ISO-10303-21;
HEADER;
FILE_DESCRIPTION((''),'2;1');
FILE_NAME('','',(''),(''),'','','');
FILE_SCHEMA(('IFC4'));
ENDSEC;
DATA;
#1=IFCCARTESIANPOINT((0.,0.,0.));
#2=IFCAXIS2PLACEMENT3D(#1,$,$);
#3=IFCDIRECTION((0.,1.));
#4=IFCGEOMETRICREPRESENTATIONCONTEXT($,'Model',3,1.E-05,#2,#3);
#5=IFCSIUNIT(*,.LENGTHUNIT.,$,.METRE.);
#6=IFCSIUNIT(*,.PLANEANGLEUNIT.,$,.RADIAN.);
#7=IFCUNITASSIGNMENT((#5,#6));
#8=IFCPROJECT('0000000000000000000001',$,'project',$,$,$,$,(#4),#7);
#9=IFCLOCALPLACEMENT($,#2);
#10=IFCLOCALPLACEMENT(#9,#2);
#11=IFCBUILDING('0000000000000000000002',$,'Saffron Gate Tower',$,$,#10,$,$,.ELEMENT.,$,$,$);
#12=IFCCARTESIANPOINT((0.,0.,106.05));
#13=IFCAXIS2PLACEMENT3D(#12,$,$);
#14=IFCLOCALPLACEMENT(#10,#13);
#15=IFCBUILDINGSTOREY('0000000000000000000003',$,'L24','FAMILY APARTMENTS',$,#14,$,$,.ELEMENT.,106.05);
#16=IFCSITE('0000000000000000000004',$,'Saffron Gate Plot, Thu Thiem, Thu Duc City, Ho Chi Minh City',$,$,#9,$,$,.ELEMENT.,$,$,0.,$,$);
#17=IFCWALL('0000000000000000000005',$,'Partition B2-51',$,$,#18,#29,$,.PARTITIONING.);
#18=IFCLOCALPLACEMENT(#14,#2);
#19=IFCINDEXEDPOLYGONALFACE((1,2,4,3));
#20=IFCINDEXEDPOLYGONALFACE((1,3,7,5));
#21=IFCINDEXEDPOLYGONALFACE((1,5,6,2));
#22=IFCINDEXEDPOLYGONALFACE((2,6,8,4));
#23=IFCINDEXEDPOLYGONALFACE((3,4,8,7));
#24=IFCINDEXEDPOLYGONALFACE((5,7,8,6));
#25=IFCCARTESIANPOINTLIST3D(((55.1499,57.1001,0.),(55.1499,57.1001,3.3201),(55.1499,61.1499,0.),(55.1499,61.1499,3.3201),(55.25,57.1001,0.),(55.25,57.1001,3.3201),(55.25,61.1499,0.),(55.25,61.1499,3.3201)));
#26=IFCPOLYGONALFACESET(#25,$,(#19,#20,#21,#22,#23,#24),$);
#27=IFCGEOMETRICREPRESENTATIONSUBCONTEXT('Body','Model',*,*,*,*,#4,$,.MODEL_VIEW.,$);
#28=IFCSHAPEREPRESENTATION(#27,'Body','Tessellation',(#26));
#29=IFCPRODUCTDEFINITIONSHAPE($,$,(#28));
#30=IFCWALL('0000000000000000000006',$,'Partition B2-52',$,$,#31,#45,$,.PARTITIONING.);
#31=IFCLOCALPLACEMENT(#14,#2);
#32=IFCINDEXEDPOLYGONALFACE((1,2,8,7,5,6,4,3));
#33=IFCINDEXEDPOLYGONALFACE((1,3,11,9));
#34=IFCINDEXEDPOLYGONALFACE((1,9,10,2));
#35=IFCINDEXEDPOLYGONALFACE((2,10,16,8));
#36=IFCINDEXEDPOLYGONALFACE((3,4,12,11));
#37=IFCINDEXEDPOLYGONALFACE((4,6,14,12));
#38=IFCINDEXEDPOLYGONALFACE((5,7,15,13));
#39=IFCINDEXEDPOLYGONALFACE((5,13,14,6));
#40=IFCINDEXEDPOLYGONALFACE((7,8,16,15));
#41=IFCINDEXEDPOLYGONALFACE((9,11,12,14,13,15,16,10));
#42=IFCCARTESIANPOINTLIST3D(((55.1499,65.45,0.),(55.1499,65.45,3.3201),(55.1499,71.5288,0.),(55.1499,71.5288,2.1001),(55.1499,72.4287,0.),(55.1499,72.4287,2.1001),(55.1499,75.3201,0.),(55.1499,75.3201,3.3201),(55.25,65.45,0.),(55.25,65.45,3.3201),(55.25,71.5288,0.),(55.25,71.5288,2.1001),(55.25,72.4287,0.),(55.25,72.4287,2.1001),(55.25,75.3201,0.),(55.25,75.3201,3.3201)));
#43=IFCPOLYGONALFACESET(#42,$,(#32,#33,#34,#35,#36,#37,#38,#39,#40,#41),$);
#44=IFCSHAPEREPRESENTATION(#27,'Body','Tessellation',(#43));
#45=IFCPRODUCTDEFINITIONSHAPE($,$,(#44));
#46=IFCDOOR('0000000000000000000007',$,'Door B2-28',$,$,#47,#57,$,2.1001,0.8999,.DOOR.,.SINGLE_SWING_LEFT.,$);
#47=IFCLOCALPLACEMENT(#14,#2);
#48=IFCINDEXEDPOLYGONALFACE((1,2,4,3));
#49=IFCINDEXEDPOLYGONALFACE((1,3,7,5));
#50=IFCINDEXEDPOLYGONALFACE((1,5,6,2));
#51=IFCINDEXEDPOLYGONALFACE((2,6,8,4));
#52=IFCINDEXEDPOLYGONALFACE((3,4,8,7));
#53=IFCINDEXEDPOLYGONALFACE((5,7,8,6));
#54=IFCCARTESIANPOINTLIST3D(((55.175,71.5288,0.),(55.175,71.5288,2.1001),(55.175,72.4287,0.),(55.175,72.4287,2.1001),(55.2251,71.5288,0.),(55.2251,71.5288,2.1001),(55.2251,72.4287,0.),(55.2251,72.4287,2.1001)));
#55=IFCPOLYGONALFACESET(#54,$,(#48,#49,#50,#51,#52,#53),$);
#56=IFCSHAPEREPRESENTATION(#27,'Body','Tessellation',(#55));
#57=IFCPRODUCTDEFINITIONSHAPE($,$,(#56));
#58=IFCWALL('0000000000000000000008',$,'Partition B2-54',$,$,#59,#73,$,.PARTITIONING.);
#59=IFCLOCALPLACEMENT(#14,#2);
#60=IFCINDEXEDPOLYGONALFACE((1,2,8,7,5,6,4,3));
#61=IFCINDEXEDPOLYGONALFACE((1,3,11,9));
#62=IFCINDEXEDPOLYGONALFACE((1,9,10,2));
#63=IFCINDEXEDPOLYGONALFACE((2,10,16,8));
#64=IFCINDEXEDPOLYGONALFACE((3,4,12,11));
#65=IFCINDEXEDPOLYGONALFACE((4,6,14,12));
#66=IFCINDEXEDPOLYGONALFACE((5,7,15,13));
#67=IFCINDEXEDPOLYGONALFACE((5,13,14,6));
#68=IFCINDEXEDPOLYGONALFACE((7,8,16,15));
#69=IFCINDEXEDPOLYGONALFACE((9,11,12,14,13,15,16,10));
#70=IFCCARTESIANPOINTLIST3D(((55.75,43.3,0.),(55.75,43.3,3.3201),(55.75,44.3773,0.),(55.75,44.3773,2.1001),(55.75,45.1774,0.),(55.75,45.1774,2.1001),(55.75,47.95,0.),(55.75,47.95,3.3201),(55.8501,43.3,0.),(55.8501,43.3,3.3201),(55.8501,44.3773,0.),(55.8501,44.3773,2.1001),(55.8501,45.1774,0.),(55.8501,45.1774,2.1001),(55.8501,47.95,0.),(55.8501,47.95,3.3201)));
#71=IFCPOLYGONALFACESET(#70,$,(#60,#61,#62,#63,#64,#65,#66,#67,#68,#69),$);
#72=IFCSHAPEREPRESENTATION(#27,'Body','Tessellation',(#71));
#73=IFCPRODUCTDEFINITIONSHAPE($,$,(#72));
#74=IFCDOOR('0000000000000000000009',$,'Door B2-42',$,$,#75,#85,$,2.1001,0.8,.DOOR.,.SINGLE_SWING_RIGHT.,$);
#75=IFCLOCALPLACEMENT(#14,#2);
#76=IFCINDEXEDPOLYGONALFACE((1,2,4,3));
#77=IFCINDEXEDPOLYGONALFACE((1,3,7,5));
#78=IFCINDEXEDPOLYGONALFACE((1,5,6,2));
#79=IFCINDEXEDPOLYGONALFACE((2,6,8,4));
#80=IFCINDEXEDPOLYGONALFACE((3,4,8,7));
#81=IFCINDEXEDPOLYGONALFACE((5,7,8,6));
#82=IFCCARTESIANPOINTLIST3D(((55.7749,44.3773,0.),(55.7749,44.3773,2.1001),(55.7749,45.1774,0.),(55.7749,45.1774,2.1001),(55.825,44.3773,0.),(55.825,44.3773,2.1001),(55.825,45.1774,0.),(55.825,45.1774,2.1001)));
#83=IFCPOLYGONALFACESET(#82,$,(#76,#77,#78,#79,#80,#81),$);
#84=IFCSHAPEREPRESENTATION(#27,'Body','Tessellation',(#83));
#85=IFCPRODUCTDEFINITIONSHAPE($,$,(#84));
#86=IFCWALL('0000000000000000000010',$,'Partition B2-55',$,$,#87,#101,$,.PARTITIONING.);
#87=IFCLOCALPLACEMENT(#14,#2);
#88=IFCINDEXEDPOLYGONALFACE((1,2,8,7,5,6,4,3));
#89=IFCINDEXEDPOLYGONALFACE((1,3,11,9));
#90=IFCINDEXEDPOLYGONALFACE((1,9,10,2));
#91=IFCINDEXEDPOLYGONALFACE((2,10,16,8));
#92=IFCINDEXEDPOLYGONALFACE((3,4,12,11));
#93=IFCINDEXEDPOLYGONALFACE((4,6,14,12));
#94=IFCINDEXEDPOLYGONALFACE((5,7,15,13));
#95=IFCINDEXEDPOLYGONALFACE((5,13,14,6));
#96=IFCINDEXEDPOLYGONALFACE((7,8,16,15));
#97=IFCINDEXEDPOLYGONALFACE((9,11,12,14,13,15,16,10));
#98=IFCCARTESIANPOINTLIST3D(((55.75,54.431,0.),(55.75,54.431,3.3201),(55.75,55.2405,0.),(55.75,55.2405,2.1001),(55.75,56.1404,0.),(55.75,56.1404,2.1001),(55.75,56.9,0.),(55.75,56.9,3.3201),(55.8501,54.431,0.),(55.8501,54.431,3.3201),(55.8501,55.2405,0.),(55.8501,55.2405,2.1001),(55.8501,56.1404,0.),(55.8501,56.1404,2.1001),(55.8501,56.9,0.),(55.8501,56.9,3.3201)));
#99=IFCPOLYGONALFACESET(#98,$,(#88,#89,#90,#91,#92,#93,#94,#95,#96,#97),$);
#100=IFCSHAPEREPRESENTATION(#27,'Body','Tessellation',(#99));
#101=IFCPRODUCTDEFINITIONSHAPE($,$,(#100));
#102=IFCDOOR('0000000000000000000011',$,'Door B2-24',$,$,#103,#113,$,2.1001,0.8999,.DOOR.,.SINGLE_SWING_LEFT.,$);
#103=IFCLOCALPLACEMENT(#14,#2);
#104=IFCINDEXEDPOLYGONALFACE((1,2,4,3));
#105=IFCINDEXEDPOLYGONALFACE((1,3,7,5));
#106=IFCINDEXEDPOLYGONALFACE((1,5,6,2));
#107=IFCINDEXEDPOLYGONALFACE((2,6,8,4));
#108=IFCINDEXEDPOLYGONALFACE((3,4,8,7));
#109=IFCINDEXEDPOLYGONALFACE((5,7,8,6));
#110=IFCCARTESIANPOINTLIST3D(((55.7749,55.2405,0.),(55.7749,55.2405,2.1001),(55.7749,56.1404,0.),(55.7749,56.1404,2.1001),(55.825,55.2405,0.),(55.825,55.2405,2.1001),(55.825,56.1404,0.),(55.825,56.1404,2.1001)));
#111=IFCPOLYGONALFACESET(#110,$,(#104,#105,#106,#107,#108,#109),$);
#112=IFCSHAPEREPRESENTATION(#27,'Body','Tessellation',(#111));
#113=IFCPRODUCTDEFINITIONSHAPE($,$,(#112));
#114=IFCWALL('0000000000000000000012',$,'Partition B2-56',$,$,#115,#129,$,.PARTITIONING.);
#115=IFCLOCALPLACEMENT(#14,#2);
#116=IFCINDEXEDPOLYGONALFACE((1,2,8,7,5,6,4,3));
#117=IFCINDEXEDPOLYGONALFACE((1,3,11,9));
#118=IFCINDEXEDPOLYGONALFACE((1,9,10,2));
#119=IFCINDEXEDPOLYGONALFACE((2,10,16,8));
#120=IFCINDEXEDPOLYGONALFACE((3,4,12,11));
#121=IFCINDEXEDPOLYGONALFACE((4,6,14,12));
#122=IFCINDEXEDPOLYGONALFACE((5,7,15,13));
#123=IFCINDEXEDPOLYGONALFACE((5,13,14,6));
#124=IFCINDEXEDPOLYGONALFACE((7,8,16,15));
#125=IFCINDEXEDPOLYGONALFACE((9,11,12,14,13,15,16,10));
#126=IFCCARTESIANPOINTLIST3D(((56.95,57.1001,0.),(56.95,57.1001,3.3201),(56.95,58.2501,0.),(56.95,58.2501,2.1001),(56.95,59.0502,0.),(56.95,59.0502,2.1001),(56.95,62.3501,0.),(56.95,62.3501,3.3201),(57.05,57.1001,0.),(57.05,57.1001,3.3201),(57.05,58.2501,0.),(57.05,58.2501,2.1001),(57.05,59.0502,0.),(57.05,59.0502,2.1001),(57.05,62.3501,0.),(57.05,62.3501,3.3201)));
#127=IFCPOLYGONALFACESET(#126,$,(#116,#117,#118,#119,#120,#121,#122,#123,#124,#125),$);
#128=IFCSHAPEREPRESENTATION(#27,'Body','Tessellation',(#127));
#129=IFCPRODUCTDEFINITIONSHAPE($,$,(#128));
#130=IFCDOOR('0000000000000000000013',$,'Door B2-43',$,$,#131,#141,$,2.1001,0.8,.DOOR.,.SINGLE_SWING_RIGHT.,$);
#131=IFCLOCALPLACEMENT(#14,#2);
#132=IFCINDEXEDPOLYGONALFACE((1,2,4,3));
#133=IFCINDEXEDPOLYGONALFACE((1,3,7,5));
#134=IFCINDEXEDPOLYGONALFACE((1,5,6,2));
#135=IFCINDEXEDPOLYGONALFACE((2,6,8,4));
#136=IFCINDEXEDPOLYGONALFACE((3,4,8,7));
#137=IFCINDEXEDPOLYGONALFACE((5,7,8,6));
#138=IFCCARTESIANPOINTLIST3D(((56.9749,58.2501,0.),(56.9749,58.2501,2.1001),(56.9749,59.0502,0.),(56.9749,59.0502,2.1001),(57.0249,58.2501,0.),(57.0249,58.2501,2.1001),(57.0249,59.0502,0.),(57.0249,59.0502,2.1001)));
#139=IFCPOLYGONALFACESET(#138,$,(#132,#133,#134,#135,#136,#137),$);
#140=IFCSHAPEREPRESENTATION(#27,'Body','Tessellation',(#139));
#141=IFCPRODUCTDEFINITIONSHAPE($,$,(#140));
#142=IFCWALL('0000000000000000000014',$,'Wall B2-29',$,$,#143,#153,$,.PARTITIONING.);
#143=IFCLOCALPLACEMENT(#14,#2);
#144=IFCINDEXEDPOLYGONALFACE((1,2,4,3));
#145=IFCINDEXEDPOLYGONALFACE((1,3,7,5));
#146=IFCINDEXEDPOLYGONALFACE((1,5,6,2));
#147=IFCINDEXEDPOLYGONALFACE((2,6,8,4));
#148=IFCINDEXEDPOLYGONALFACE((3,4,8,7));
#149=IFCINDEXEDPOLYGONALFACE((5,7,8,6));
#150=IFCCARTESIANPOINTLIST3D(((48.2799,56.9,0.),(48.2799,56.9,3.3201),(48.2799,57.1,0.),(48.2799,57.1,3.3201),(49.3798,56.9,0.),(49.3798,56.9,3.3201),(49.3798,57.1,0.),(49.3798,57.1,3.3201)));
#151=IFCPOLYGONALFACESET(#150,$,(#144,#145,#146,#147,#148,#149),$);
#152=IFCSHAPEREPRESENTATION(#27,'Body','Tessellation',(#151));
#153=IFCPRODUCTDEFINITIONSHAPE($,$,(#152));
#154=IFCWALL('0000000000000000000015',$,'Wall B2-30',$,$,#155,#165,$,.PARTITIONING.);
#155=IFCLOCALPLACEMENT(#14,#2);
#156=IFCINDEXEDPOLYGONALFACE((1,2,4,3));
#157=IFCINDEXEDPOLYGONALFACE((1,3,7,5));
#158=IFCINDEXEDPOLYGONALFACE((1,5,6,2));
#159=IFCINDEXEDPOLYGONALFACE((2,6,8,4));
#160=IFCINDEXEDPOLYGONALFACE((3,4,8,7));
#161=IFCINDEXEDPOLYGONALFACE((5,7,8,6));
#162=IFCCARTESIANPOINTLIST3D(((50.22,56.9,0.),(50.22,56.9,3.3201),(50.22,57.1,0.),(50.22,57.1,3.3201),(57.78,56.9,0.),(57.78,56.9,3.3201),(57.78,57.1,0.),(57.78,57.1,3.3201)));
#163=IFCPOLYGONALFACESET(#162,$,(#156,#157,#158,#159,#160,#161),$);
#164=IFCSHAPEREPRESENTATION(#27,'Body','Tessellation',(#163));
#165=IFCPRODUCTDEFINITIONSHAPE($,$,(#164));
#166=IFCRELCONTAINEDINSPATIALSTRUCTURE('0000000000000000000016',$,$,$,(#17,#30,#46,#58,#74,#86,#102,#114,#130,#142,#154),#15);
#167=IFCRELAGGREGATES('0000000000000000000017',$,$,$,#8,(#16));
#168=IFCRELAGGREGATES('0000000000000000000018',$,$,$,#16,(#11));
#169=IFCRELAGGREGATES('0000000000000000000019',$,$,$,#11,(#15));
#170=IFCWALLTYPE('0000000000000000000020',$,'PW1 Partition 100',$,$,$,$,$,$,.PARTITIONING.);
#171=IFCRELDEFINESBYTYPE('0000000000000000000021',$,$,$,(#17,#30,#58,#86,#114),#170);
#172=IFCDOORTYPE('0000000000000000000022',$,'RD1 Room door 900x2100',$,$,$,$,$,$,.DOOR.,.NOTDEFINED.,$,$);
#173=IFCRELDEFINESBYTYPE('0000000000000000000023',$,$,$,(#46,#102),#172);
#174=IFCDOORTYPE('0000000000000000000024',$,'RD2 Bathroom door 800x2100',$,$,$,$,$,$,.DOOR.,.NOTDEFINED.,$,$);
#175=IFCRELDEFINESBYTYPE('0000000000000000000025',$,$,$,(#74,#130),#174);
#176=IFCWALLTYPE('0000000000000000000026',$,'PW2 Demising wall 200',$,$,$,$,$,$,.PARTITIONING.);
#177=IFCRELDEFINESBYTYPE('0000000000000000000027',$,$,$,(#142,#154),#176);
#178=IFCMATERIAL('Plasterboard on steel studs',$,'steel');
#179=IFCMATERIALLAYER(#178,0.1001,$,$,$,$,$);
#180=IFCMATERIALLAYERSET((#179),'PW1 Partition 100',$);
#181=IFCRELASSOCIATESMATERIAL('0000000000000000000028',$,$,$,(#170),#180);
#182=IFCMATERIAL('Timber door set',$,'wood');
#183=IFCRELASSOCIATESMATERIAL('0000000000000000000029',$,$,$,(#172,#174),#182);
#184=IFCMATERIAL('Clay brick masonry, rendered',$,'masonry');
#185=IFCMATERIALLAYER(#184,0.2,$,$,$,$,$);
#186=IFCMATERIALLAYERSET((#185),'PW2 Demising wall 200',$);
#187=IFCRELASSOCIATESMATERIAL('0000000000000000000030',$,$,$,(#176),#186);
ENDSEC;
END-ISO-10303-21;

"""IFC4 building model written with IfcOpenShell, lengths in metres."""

from ifc_helpers import new_model, si_unit, direction, frame, frame_2d, origin, place, context, subcontext, project, spatial, rectangle, extrude, material, layer, layer_set, type_object, element, fill, save


model = new_model("IFC4")

# Units and contexts
model_context = context("Model", 3, precision=1e-05, world=origin(), true_north=direction((0.0, 1.0)))
body_context = subcontext(model_context, "Body", "Model", "MODEL_VIEW")
ifc_project = project(units=[si_unit("LENGTHUNIT", "METRE"), si_unit("PLANEANGLEUNIT", "RADIAN")], contexts=[model_context])

# Site, building, storey
site_placement = place(None, origin())
site = spatial("IfcSite", under=ifc_project, at=site_placement, Name="Saffron Gate Plot, Thu Thiem, Thu Duc City, Ho Chi Minh City", CompositionType="ELEMENT", RefElevation=0.0)
building_placement = place(site_placement, origin())
building = spatial("IfcBuilding", under=site, at=building_placement, Name="Saffron Gate Tower", CompositionType="ELEMENT")
storey_placement = place(building_placement, frame((0.0, 0.0, 106.05)))
storey = spatial("IfcBuildingStorey", under=building, at=storey_placement, Name="L24", Description="FAMILY APARTMENTS", CompositionType="ELEMENT", Elevation=106.05)

# Shared definitions
ifc_material_1 = material(Name="Plasterboard on steel studs", Category="steel")
ifc_layer_1 = layer(ifc_material_1, 0.1001)
ifc_layer_set_1 = layer_set([ifc_layer_1], Name="PW1 Partition 100")
wall_type_1 = type_object("IfcWallType", Name="PW1 Partition 100", PredefinedType="PARTITIONING", material=ifc_layer_set_1)

# Shared definitions
ifc_material_2 = material(Name="Timber door set", Category="wood")
door_type_1 = type_object("IfcDoorType", Name="RD1 Room door 900x2100", OperationType="NOTDEFINED", PredefinedType="DOOR", material=ifc_material_2)

# Wall
wall_1_placement = place(storey_placement, frame((55.2, 61.1499, 0.0), z_axis=(0.0, 0.0, 1.0), x_axis=(0.0, -1.0, 0.0)))
element("IfcWall", 1, at=wall_1_placement, inside=storey, type_object=wall_type_1, Name="Partition B2-51", PredefinedType="PARTITIONING", context=body_context, shape_type="SweptSolid", body=[
    extrude(rectangle(XDim=4.0498, YDim=0.1001, at=frame_2d((2.0249, 0.0))), origin(), (0.0, 0.0, 1.0), 3.3201),
])

# Walls, openings, doors
wall_2_placement = place(storey_placement, frame((55.2, 65.45, 0.0), z_axis=(0.0, 0.0, 1.0), x_axis=(0.0, 1.0, 0.0)))
wall_2 = element("IfcWall", 2, at=wall_2_placement, inside=storey, type_object=wall_type_1, Name="Partition B2-52", PredefinedType="PARTITIONING", context=body_context, shape_type="SweptSolid", body=[
    extrude(rectangle(XDim=9.8701, YDim=0.1001, at=frame_2d((4.9351, 0.0))), origin(), (0.0, 0.0, 1.0), 3.3201),
])
opening_1_placement = place(wall_2_placement, frame((6.0789, 0.0, 0.0)))
opening_1 = element("IfcOpeningElement", 3, at=opening_1_placement, cuts=wall_2, PredefinedType="OPENING", context=body_context, shape_type="SweptSolid", body=[
    extrude(rectangle(XDim=0.8999, YDim=2.1001, at=frame_2d((0.45, 1.05))), frame((0.0, 0.0601, 0.0), z_axis=(0.0, -1.0, 0.0), x_axis=(1.0, 0.0, 0.0)), (0.0, 0.0, 1.0), 0.1201),
])
door_1_placement = place(opening_1_placement, origin())
door_1 = element("IfcDoor", 4, at=door_1_placement, inside=storey, type_object=door_type_1, Name="Door B2-28", OperationType="SINGLE_SWING_LEFT", OverallHeight=2.1001, OverallWidth=0.8999, PredefinedType="DOOR", context=body_context, shape_type="SweptSolid", body=[
    extrude(rectangle(XDim=0.8999, YDim=2.1001, at=frame_2d((0.45, 1.05))), frame((0.0, 0.0249, 0.0), z_axis=(0.0, -1.0, 0.0), x_axis=(1.0, 0.0, 0.0)), (0.0, 0.0, 1.0), 0.05),
])
fill(opening_1, door_1)
wall_3_placement = place(storey_placement, frame((55.8, 47.95, 0.0), z_axis=(0.0, 0.0, 1.0), x_axis=(0.0, -1.0, 0.0)))
wall_3 = element("IfcWall", 5, at=wall_3_placement, inside=storey, type_object=wall_type_1, Name="Partition B2-54", PredefinedType="PARTITIONING", context=body_context, shape_type="SweptSolid", body=[
    extrude(rectangle(XDim=4.6499, YDim=0.1001, at=frame_2d((2.325, 0.0))), origin(), (0.0, 0.0, 1.0), 3.3201),
])
opening_2_placement = place(wall_3_placement, frame((2.7727, 0.0, 0.0)))
opening_2 = element("IfcOpeningElement", 6, at=opening_2_placement, cuts=wall_3, PredefinedType="OPENING", context=body_context, shape_type="SweptSolid", body=[
    extrude(rectangle(XDim=0.8, YDim=2.1001, at=frame_2d((0.3999, 1.05))), frame((0.0, 0.0601, 0.0), z_axis=(0.0, -1.0, 0.0), x_axis=(1.0, 0.0, 0.0)), (0.0, 0.0, 1.0), 0.1201),
])
door_type_2 = type_object("IfcDoorType", Name="RD2 Bathroom door 800x2100", OperationType="NOTDEFINED", PredefinedType="DOOR", material=ifc_material_2)
door_2_placement = place(opening_2_placement, origin())
door_2 = element("IfcDoor", 7, at=door_2_placement, inside=storey, type_object=door_type_2, Name="Door B2-42", OperationType="SINGLE_SWING_RIGHT", OverallHeight=2.1001, OverallWidth=0.8, PredefinedType="DOOR", context=body_context, shape_type="SweptSolid", body=[
    extrude(rectangle(XDim=0.8, YDim=2.1001, at=frame_2d((0.3999, 1.05))), frame((0.0, 0.0249, 0.0), z_axis=(0.0, -1.0, 0.0), x_axis=(1.0, 0.0, 0.0)), (0.0, 0.0, 1.0), 0.05),
])
fill(opening_2, door_2)
wall_4_placement = place(storey_placement, frame((55.8, 56.8999, 0.0), z_axis=(0.0, 0.0, 1.0), x_axis=(0.0, -1.0, 0.0)))
wall_4 = element("IfcWall", 8, at=wall_4_placement, inside=storey, type_object=wall_type_1, Name="Partition B2-55", PredefinedType="PARTITIONING", context=body_context, shape_type="SweptSolid", body=[
    extrude(rectangle(XDim=2.469, YDim=0.1001, at=frame_2d((1.2344, 0.0))), origin(), (0.0, 0.0, 1.0), 3.3201),
])
opening_3_placement = place(wall_4_placement, frame((0.7595, 0.0, 0.0)))
opening_3 = element("IfcOpeningElement", 9, at=opening_3_placement, cuts=wall_4, PredefinedType="OPENING", context=body_context, shape_type="SweptSolid", body=[
    extrude(rectangle(XDim=0.8999, YDim=2.1001, at=frame_2d((0.45, 1.05))), frame((0.0, 0.0601, 0.0), z_axis=(0.0, -1.0, 0.0), x_axis=(1.0, 0.0, 0.0)), (0.0, 0.0, 1.0), 0.1201),
])
door_3_placement = place(opening_3_placement, origin())
door_3 = element("IfcDoor", 10, at=door_3_placement, inside=storey, type_object=door_type_1, Name="Door B2-24", OperationType="SINGLE_SWING_LEFT", OverallHeight=2.1001, OverallWidth=0.8999, PredefinedType="DOOR", context=body_context, shape_type="SweptSolid", body=[
    extrude(rectangle(XDim=0.8999, YDim=2.1001, at=frame_2d((0.45, 1.05))), frame((0.0, 0.0249, 0.0), z_axis=(0.0, -1.0, 0.0), x_axis=(1.0, 0.0, 0.0)), (0.0, 0.0, 1.0), 0.05),
])
fill(opening_3, door_3)
wall_5_placement = place(storey_placement, frame((57.0, 62.3501, 0.0), z_axis=(0.0, 0.0, 1.0), x_axis=(0.0, -1.0, 0.0)))
wall_5 = element("IfcWall", 11, at=wall_5_placement, inside=storey, type_object=wall_type_1, Name="Partition B2-56", PredefinedType="PARTITIONING", context=body_context, shape_type="SweptSolid", body=[
    extrude(rectangle(XDim=5.25, YDim=0.1001, at=frame_2d((2.625, 0.0))), origin(), (0.0, 0.0, 1.0), 3.3201),
])
opening_4_placement = place(wall_5_placement, frame((3.3, 0.0, 0.0)))
opening_4 = element("IfcOpeningElement", 12, at=opening_4_placement, cuts=wall_5, PredefinedType="OPENING", context=body_context, shape_type="SweptSolid", body=[
    extrude(rectangle(XDim=0.8, YDim=2.1001, at=frame_2d((0.3999, 1.05))), frame((0.0, 0.0601, 0.0), z_axis=(0.0, -1.0, 0.0), x_axis=(1.0, 0.0, 0.0)), (0.0, 0.0, 1.0), 0.1201),
])
door_4_placement = place(opening_4_placement, origin())
door_4 = element("IfcDoor", 13, at=door_4_placement, inside=storey, type_object=door_type_2, Name="Door B2-43", OperationType="SINGLE_SWING_RIGHT", OverallHeight=2.1001, OverallWidth=0.8, PredefinedType="DOOR", context=body_context, shape_type="SweptSolid", body=[
    extrude(rectangle(XDim=0.8, YDim=2.1001, at=frame_2d((0.3999, 1.05))), frame((0.0, 0.0249, 0.0), z_axis=(0.0, -1.0, 0.0), x_axis=(1.0, 0.0, 0.0)), (0.0, 0.0, 1.0), 0.05),
])
fill(opening_4, door_4)

# Walls
ifc_material_3 = material(Name="Clay brick masonry, rendered", Category="masonry")
ifc_layer_2 = layer(ifc_material_3, 0.2)
ifc_layer_set_2 = layer_set([ifc_layer_2], Name="PW2 Demising wall 200")
wall_type_2 = type_object("IfcWallType", Name="PW2 Demising wall 200", PredefinedType="PARTITIONING", material=ifc_layer_set_2)
wall_6_placement = place(storey_placement, frame((48.28, 57.0, 0.0), z_axis=(0.0, 0.0, 1.0), x_axis=(1.0, 0.0, 0.0)))
element("IfcWall", 14, at=wall_6_placement, inside=storey, type_object=wall_type_2, Name="Wall B2-29", PredefinedType="PARTITIONING", context=body_context, shape_type="SweptSolid", body=[
    extrude(rectangle(XDim=1.0999, YDim=0.2, at=frame_2d((0.5498, 0.0))), origin(), (0.0, 0.0, 1.0), 3.3201),
])
wall_7_placement = place(storey_placement, frame((50.22, 57.0, 0.0), z_axis=(0.0, 0.0, 1.0), x_axis=(1.0, 0.0, 0.0)))
element("IfcWall", 15, at=wall_7_placement, inside=storey, type_object=wall_type_2, Name="Wall B2-30", PredefinedType="PARTITIONING", context=body_context, shape_type="SweptSolid", body=[
    extrude(rectangle(XDim=7.5601, YDim=0.2, at=frame_2d((3.78, 0.0))), origin(), (0.0, 0.0, 1.0), 3.3201),
])

save(model, "model.ifc")
